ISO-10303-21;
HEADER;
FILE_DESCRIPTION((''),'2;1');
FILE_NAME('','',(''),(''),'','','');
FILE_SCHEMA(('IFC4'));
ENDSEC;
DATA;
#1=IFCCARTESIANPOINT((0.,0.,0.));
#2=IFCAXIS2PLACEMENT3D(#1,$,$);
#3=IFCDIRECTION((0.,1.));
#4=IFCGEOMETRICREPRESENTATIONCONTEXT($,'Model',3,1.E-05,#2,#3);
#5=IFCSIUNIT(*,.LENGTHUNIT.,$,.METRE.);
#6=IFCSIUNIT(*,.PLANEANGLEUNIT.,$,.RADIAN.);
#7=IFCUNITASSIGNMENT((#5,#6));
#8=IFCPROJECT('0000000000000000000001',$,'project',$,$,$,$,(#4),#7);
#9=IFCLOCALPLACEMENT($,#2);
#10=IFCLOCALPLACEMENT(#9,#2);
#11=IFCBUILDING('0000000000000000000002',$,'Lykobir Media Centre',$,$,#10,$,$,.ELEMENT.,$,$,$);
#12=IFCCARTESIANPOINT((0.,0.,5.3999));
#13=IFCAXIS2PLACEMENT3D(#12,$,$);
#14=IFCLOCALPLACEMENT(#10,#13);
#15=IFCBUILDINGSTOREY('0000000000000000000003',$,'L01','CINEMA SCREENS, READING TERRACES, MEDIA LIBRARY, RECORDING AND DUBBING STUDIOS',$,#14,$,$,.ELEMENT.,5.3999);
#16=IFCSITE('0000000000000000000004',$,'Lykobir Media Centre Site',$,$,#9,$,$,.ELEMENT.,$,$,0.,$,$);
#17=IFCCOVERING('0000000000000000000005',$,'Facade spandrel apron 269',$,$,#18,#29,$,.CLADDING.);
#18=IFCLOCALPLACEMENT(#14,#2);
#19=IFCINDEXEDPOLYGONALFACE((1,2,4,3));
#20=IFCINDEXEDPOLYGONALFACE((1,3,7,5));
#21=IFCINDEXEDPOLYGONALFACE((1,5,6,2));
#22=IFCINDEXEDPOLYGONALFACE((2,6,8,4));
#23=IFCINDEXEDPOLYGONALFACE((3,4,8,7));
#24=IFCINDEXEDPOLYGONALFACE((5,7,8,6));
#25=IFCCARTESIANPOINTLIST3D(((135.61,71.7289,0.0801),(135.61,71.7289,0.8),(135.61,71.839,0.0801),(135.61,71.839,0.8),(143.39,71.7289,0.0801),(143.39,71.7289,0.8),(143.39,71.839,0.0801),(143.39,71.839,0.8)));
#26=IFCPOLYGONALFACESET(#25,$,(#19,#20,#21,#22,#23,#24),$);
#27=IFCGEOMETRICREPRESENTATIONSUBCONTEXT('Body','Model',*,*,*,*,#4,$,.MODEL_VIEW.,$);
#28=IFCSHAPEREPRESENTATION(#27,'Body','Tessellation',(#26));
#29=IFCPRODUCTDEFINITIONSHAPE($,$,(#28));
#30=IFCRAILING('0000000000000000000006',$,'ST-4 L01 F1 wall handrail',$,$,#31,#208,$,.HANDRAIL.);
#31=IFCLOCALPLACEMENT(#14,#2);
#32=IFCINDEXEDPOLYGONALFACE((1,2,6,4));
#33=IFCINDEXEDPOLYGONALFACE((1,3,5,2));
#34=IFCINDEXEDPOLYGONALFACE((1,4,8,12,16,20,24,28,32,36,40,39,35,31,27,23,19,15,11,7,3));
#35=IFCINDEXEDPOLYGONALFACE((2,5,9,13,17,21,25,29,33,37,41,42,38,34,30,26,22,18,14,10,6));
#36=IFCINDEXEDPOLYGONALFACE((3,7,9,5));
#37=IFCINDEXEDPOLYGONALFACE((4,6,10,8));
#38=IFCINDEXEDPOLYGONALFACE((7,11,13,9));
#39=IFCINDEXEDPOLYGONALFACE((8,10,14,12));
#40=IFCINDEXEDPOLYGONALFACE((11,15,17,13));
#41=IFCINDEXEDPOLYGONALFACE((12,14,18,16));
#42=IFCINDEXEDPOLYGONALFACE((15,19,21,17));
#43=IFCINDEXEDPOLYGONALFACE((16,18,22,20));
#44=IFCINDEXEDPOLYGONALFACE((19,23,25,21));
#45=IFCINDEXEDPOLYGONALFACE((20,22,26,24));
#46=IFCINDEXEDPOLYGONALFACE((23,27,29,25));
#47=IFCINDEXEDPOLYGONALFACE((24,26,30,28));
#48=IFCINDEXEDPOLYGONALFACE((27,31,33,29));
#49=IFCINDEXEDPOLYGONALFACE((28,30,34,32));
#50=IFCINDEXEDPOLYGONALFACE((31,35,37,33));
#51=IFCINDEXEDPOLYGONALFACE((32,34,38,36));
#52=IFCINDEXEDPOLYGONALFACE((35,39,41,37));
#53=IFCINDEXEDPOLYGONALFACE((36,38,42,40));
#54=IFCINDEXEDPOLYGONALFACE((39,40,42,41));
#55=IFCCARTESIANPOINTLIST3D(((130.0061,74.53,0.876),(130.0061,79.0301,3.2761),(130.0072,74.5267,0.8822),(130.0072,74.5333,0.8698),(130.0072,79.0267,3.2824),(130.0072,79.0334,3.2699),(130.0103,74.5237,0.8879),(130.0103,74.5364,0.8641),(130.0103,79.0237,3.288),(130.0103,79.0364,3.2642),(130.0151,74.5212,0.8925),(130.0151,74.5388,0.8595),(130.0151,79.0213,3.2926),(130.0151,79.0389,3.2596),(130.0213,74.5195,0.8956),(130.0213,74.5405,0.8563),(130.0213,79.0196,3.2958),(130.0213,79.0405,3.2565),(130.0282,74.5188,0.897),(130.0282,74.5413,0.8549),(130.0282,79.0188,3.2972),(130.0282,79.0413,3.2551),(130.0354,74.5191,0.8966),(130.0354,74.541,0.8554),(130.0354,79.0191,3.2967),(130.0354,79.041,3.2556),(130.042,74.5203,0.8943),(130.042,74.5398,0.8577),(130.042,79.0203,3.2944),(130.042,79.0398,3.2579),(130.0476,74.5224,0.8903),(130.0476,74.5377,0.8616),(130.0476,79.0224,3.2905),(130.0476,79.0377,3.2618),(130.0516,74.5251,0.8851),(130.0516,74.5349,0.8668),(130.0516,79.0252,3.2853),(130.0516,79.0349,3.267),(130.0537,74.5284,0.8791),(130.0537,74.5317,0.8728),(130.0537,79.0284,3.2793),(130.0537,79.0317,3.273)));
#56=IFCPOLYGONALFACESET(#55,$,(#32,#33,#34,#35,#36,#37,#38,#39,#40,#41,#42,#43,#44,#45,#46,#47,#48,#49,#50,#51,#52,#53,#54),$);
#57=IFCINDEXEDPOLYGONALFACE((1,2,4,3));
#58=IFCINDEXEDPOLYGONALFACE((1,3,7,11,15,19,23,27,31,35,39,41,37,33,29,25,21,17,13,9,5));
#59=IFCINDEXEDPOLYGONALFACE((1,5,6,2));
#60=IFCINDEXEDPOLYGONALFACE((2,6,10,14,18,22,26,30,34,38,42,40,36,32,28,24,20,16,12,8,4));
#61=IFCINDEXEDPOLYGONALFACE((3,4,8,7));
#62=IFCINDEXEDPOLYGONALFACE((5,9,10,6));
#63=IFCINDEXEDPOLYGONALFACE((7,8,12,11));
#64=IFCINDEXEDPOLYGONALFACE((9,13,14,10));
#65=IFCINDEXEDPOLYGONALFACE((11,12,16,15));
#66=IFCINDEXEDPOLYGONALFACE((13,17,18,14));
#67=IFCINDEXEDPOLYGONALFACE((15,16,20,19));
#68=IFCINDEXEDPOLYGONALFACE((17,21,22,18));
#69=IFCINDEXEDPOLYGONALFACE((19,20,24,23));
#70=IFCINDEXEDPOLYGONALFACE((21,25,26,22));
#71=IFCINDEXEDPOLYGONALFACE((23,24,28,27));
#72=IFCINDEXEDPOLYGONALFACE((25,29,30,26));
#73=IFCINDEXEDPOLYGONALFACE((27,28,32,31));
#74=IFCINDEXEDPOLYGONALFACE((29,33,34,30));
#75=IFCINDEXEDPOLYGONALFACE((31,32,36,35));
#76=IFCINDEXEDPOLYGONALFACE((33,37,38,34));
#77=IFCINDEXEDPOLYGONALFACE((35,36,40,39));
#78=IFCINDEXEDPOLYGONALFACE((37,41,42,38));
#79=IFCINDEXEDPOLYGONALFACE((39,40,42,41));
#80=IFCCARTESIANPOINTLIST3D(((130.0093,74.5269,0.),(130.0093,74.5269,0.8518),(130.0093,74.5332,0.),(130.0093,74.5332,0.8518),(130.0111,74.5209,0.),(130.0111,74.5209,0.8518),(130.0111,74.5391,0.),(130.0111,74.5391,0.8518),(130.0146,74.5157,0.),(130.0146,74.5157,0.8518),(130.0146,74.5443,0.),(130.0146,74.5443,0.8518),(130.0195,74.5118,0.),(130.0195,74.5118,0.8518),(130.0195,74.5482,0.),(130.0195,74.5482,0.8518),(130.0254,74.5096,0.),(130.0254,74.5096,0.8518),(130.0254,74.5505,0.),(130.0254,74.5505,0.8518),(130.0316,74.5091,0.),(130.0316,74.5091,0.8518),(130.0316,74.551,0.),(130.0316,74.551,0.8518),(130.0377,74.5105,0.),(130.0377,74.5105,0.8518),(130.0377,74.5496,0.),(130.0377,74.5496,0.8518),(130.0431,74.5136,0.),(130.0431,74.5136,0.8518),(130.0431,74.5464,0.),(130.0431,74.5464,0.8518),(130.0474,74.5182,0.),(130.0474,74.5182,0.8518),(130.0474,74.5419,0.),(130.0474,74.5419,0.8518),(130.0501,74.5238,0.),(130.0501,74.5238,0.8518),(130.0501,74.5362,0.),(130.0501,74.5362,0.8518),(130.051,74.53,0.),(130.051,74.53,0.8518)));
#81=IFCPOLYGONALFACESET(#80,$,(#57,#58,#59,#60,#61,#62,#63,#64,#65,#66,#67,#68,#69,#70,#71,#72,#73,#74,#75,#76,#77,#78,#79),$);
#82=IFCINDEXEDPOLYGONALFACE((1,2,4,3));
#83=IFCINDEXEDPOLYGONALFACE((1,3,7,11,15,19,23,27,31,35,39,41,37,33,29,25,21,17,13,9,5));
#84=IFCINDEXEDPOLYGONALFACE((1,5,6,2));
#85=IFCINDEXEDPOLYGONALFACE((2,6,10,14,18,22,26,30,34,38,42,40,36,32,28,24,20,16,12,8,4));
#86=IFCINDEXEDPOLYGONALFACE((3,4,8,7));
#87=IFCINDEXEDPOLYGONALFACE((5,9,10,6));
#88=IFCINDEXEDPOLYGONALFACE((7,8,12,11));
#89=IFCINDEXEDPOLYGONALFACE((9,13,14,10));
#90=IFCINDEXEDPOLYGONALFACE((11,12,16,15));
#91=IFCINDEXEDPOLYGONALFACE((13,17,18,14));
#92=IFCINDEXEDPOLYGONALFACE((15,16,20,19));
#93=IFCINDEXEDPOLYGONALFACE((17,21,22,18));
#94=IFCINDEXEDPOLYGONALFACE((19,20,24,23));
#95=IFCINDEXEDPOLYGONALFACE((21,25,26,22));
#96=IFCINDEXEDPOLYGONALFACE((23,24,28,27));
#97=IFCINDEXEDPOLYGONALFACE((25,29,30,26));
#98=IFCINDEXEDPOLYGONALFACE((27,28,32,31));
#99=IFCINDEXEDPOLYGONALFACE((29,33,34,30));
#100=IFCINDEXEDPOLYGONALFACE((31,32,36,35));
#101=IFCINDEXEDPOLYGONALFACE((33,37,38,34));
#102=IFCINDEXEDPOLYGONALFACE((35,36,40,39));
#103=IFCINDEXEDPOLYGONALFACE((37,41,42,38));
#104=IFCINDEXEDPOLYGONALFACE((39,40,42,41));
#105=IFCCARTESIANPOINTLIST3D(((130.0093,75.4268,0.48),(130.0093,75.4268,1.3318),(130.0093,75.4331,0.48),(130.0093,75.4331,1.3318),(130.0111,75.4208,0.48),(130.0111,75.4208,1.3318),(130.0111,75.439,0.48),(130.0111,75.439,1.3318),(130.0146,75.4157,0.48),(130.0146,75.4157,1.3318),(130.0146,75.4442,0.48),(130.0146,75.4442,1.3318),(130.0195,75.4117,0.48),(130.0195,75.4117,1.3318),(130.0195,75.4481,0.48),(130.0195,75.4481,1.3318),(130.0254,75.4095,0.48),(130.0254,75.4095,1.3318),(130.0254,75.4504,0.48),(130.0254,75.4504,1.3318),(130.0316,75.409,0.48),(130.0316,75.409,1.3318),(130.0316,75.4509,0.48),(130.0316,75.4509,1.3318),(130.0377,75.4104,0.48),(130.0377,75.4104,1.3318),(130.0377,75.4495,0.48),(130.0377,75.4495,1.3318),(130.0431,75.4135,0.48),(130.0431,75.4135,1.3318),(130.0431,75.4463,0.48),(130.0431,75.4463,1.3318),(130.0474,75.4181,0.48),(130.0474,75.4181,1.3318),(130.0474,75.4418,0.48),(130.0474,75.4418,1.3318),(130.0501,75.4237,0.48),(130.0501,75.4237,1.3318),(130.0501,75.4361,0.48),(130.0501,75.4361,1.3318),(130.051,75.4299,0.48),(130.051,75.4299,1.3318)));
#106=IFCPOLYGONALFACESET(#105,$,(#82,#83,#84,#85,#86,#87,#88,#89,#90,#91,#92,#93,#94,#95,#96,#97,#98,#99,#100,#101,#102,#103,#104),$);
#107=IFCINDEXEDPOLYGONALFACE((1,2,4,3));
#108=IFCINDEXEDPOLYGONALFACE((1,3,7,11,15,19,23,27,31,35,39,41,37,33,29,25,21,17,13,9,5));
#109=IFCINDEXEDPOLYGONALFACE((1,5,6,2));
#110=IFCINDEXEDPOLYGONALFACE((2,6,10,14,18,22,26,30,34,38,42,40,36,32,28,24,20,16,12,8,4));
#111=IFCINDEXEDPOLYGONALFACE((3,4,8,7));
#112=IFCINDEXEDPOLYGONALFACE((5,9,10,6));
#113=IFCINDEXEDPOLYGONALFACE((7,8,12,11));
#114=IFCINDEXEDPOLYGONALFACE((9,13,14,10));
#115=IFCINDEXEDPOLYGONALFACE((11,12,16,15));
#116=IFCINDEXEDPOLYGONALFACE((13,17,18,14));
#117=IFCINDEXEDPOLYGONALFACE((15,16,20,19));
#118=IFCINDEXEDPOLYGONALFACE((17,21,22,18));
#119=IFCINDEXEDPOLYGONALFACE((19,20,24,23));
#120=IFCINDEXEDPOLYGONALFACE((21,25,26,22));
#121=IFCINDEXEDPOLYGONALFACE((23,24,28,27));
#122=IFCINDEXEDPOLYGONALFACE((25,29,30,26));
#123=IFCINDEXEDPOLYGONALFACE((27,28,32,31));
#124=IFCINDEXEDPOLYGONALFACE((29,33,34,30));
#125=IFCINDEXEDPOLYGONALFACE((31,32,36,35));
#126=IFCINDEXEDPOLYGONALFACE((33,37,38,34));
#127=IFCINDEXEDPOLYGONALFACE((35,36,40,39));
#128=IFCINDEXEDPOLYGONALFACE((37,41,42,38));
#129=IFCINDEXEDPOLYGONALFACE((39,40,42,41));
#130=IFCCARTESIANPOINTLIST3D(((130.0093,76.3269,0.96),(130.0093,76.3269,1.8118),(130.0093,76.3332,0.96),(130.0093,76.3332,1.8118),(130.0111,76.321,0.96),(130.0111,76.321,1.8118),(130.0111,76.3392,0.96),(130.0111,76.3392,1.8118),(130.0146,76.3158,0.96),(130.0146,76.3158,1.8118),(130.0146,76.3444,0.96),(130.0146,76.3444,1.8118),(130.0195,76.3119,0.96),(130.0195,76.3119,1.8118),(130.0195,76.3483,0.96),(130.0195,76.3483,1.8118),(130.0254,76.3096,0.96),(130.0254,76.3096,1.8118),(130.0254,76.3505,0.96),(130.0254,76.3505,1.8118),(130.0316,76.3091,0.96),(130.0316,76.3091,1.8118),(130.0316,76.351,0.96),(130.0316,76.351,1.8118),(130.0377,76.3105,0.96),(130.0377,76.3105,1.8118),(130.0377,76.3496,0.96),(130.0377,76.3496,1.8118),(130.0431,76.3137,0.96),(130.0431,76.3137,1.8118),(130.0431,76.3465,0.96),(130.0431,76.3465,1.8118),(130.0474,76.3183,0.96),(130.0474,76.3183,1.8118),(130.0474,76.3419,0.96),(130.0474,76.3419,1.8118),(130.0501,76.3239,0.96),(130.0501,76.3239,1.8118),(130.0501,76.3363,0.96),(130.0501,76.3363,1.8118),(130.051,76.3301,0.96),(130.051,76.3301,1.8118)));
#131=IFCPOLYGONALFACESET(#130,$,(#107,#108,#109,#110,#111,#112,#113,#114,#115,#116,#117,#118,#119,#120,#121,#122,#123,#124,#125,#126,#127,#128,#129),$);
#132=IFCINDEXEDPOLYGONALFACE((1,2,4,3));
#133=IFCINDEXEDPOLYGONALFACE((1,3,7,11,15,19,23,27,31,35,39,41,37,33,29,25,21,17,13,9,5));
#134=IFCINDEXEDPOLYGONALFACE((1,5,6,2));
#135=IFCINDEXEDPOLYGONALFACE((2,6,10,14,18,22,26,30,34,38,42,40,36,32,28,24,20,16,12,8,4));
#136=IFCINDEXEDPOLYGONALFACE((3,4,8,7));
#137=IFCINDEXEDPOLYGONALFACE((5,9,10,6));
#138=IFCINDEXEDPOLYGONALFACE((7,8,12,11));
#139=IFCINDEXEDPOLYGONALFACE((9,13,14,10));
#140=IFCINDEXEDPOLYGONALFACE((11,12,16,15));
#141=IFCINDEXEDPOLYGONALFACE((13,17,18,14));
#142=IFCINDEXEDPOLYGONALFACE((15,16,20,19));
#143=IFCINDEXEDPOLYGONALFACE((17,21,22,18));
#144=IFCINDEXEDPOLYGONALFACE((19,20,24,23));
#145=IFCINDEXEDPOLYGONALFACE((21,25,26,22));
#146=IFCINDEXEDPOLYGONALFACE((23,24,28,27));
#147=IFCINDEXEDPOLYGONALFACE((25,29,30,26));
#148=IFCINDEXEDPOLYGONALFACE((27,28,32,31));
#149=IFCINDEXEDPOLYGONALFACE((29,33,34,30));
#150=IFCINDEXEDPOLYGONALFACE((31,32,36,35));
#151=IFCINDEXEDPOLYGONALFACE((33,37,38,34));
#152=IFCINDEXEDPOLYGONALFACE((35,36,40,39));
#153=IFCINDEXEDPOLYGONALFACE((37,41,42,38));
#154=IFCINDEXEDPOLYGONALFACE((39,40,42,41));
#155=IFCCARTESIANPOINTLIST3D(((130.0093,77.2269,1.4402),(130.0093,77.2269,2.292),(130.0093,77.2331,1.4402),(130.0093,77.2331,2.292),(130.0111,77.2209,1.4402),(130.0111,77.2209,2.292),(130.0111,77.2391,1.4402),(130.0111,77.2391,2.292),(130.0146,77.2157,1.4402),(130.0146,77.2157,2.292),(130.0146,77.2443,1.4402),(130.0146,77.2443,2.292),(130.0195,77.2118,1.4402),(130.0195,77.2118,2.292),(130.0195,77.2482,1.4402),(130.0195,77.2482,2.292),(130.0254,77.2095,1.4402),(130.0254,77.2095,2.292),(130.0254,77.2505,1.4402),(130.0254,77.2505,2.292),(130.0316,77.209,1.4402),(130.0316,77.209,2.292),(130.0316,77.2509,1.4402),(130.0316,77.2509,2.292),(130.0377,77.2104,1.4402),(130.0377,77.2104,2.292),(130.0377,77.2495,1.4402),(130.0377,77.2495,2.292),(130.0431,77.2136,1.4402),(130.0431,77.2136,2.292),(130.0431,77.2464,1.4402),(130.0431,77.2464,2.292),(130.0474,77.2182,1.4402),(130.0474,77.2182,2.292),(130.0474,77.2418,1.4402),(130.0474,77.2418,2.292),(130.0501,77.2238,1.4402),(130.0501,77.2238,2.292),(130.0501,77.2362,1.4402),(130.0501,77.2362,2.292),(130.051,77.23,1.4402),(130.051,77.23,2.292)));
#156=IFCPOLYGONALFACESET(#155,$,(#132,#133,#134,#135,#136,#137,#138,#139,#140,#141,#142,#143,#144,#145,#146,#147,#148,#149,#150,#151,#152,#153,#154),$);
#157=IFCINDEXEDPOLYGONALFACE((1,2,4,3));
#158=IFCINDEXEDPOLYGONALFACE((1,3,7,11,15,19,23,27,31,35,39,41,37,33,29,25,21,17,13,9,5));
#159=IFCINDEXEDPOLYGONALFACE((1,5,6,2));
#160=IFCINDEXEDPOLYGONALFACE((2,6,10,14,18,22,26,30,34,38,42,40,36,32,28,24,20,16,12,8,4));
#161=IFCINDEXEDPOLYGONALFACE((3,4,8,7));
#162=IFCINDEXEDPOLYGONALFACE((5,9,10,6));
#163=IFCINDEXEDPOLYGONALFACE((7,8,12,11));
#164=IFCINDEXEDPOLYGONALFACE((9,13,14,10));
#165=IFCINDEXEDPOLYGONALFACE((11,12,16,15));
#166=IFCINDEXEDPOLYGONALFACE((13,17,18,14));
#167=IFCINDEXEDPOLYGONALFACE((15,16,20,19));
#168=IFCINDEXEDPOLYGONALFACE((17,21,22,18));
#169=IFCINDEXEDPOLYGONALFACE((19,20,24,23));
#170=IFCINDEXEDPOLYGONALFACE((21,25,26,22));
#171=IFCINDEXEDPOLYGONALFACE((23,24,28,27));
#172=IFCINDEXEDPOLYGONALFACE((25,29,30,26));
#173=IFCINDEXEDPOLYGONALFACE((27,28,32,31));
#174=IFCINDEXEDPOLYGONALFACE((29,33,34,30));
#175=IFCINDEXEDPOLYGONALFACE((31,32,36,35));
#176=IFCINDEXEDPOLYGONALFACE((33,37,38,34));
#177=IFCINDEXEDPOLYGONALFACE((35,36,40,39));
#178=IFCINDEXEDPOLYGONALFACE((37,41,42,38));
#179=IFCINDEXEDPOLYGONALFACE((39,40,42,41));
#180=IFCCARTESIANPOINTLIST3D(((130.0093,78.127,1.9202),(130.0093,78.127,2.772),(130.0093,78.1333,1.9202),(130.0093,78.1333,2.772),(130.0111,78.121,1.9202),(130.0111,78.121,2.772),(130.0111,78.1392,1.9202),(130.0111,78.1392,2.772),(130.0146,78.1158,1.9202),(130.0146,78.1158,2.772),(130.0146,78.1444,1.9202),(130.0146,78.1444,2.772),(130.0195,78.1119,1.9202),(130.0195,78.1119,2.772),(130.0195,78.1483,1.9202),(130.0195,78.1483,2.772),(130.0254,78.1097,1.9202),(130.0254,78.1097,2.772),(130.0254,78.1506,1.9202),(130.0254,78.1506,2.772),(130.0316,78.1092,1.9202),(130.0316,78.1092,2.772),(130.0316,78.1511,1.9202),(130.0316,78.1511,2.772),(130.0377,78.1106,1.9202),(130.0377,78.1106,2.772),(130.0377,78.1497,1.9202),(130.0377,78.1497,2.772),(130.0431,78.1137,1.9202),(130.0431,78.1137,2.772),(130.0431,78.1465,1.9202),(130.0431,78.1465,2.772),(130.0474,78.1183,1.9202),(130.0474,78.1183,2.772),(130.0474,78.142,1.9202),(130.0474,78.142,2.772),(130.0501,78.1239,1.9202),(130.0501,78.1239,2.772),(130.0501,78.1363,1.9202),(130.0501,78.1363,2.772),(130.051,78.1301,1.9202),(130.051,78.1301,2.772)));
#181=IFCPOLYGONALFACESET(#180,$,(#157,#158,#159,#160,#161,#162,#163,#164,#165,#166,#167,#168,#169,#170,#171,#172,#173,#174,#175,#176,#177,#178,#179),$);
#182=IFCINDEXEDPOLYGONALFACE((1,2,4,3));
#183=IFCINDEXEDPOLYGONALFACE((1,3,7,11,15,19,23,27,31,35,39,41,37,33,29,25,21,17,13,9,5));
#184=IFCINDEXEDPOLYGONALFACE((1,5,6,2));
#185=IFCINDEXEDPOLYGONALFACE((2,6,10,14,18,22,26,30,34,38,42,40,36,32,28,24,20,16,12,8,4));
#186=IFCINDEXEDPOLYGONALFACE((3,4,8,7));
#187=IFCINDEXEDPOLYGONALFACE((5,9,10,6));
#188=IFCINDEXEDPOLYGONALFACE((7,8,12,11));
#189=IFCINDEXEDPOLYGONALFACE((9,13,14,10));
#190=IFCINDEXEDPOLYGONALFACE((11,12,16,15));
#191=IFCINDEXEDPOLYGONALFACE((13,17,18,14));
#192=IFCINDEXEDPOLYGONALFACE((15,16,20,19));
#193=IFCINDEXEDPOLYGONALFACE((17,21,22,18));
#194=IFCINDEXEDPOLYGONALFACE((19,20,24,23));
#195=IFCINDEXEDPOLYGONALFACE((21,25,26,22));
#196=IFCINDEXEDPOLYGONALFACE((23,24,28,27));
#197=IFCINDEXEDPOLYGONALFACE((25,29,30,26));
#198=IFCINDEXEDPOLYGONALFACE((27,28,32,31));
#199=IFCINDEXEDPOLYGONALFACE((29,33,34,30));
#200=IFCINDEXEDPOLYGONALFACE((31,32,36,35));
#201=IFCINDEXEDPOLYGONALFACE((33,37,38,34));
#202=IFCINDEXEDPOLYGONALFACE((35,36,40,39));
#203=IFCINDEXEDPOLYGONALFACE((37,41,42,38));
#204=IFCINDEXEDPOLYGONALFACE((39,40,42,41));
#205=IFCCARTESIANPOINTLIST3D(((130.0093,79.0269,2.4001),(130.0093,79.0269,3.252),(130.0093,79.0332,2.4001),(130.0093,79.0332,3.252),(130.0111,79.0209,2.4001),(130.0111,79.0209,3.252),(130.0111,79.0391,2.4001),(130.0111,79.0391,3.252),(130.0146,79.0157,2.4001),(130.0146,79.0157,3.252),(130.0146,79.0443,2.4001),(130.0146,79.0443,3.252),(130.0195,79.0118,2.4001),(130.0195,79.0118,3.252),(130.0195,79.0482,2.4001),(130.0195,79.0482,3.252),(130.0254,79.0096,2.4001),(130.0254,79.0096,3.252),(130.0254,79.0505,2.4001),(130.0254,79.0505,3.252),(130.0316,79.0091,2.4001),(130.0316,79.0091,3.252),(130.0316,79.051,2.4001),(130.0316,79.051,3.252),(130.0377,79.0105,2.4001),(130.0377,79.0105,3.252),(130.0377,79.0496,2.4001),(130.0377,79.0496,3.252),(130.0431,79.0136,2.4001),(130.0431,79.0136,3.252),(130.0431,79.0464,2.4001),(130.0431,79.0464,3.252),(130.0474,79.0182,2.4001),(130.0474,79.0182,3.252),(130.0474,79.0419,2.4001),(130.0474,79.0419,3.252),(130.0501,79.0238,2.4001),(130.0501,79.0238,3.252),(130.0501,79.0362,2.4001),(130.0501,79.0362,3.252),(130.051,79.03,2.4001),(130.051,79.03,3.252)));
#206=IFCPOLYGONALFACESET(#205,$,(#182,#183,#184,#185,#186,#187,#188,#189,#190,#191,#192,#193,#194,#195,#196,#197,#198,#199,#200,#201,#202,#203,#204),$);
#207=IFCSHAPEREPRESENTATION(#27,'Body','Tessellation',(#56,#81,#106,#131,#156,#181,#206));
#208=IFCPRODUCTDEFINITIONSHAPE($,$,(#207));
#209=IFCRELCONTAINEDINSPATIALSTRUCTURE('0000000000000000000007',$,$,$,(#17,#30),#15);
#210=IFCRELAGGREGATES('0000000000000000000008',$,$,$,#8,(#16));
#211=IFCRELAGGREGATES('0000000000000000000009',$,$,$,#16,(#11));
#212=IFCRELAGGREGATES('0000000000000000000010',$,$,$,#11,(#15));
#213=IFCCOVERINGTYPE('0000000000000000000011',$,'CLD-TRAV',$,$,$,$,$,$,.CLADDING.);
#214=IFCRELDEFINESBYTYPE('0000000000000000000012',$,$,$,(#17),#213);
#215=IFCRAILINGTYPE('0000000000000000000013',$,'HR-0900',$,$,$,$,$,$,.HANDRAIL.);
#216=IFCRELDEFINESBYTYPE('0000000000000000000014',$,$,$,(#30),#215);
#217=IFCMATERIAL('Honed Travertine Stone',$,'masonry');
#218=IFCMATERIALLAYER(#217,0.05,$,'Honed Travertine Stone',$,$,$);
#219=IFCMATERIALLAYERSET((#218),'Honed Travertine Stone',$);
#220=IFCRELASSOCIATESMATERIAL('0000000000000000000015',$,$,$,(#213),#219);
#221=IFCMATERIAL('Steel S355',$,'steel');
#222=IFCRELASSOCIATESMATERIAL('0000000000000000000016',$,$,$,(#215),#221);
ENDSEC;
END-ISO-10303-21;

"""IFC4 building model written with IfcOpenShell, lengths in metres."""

from ifc_helpers import new_model, si_unit, direction, frame, origin, origin_2d, place, context, subcontext, project, spatial, rectangle, circle, extrude, material, layer, layer_set, type_object, element, save


model = new_model("IFC4")

# Units and contexts
model_context = context("Model", 3, precision=1e-05, world=origin(), true_north=direction((0.0, 1.0)))
body_context = subcontext(model_context, "Body", "Model", "MODEL_VIEW")
ifc_project = project(units=[si_unit("LENGTHUNIT", "METRE"), si_unit("PLANEANGLEUNIT", "RADIAN")], contexts=[model_context])

# Site, building, storey
site_placement = place(None, origin())
site = spatial("IfcSite", under=ifc_project, at=site_placement, Name="Lykobir Media Centre Site", CompositionType="ELEMENT", RefElevation=0.0)
building_placement = place(site_placement, origin())
building = spatial("IfcBuilding", under=site, at=building_placement, Name="Lykobir Media Centre", CompositionType="ELEMENT")
storey_placement = place(building_placement, frame((0.0, 0.0, 5.3999)))
storey = spatial("IfcBuildingStorey", under=building, at=storey_placement, Name="L01", Description="CINEMA SCREENS, READING TERRACES, MEDIA LIBRARY, RECORDING AND DUBBING STUDIOS", CompositionType="ELEMENT", Elevation=5.3999)

# Shared definitions
ifc_material_1 = material(Name="Steel S355", Category="steel")

# Shared definitions
ifc_material_2 = material(Name="Honed Travertine Stone", Category="masonry")

# Covering
ifc_layer_1 = layer(ifc_material_2, 0.05, Name="Honed Travertine Stone")
ifc_layer_set_1 = layer_set([ifc_layer_1], Name="Honed Travertine Stone")
covering_type = type_object("IfcCoveringType", Name="CLD-TRAV", PredefinedType="CLADDING", material=ifc_layer_set_1)
covering_1_placement = place(storey_placement, frame((139.5, 71.7839, 0.0801), z_axis=(0.0, 0.0, 1.0), x_axis=(1.0, 0.0, 0.0)))
element("IfcCovering", 1, at=covering_1_placement, inside=storey, type_object=covering_type, Name="Facade spandrel apron 269", PredefinedType="CLADDING", context=body_context, shape_type="SweptSolid", body=[
    extrude(rectangle(XDim=7.78, YDim=0.1101, at=origin_2d()), origin(), (0.0, 0.0, 1.0), 0.72),
])

# Railing
railing_type_1 = type_object("IfcRailingType", Name="HR-0900", PredefinedType="HANDRAIL", material=ifc_material_1)
railing_1_placement = place(storey_placement, frame((130.03, 74.53, 0.0)))
element("IfcRailing", 2, at=railing_1_placement, inside=storey, type_object=railing_type_1, Name="ST-4 L01 F1 wall handrail", PredefinedType="HANDRAIL", context=body_context, shape_type="SweptSolid", body=[
    extrude(circle(Radius=0.0239, at=origin_2d()), frame((0.0, 0.0, 0.876), z_axis=(0.0, 0.882341, 0.470611), x_axis=(-1.0, 0.0, 0.0)), (0.0, 0.0, 1.0), 5.1001),
    extrude(circle(Radius=0.021, at=origin_2d()), origin(), (0.0, 0.0, 1.0), 0.8518),
    extrude(circle(Radius=0.021, at=origin_2d()), frame((0.0, 0.8999, 0.48)), (0.0, 0.0, 1.0), 0.8518),
    extrude(circle(Radius=0.021, at=origin_2d()), frame((0.0, 1.8, 0.96)), (0.0, 0.0, 1.0), 0.8518),
    extrude(circle(Radius=0.021, at=origin_2d()), frame((0.0, 2.7, 1.4402)), (0.0, 0.0, 1.0), 0.8518),
    extrude(circle(Radius=0.021, at=origin_2d()), frame((0.0, 3.6001, 1.9202)), (0.0, 0.0, 1.0), 0.8518),
    extrude(circle(Radius=0.021, at=origin_2d()), frame((0.0, 4.5, 2.4001)), (0.0, 0.0, 1.0), 0.8518),
])

save(model, "model.ifc")
